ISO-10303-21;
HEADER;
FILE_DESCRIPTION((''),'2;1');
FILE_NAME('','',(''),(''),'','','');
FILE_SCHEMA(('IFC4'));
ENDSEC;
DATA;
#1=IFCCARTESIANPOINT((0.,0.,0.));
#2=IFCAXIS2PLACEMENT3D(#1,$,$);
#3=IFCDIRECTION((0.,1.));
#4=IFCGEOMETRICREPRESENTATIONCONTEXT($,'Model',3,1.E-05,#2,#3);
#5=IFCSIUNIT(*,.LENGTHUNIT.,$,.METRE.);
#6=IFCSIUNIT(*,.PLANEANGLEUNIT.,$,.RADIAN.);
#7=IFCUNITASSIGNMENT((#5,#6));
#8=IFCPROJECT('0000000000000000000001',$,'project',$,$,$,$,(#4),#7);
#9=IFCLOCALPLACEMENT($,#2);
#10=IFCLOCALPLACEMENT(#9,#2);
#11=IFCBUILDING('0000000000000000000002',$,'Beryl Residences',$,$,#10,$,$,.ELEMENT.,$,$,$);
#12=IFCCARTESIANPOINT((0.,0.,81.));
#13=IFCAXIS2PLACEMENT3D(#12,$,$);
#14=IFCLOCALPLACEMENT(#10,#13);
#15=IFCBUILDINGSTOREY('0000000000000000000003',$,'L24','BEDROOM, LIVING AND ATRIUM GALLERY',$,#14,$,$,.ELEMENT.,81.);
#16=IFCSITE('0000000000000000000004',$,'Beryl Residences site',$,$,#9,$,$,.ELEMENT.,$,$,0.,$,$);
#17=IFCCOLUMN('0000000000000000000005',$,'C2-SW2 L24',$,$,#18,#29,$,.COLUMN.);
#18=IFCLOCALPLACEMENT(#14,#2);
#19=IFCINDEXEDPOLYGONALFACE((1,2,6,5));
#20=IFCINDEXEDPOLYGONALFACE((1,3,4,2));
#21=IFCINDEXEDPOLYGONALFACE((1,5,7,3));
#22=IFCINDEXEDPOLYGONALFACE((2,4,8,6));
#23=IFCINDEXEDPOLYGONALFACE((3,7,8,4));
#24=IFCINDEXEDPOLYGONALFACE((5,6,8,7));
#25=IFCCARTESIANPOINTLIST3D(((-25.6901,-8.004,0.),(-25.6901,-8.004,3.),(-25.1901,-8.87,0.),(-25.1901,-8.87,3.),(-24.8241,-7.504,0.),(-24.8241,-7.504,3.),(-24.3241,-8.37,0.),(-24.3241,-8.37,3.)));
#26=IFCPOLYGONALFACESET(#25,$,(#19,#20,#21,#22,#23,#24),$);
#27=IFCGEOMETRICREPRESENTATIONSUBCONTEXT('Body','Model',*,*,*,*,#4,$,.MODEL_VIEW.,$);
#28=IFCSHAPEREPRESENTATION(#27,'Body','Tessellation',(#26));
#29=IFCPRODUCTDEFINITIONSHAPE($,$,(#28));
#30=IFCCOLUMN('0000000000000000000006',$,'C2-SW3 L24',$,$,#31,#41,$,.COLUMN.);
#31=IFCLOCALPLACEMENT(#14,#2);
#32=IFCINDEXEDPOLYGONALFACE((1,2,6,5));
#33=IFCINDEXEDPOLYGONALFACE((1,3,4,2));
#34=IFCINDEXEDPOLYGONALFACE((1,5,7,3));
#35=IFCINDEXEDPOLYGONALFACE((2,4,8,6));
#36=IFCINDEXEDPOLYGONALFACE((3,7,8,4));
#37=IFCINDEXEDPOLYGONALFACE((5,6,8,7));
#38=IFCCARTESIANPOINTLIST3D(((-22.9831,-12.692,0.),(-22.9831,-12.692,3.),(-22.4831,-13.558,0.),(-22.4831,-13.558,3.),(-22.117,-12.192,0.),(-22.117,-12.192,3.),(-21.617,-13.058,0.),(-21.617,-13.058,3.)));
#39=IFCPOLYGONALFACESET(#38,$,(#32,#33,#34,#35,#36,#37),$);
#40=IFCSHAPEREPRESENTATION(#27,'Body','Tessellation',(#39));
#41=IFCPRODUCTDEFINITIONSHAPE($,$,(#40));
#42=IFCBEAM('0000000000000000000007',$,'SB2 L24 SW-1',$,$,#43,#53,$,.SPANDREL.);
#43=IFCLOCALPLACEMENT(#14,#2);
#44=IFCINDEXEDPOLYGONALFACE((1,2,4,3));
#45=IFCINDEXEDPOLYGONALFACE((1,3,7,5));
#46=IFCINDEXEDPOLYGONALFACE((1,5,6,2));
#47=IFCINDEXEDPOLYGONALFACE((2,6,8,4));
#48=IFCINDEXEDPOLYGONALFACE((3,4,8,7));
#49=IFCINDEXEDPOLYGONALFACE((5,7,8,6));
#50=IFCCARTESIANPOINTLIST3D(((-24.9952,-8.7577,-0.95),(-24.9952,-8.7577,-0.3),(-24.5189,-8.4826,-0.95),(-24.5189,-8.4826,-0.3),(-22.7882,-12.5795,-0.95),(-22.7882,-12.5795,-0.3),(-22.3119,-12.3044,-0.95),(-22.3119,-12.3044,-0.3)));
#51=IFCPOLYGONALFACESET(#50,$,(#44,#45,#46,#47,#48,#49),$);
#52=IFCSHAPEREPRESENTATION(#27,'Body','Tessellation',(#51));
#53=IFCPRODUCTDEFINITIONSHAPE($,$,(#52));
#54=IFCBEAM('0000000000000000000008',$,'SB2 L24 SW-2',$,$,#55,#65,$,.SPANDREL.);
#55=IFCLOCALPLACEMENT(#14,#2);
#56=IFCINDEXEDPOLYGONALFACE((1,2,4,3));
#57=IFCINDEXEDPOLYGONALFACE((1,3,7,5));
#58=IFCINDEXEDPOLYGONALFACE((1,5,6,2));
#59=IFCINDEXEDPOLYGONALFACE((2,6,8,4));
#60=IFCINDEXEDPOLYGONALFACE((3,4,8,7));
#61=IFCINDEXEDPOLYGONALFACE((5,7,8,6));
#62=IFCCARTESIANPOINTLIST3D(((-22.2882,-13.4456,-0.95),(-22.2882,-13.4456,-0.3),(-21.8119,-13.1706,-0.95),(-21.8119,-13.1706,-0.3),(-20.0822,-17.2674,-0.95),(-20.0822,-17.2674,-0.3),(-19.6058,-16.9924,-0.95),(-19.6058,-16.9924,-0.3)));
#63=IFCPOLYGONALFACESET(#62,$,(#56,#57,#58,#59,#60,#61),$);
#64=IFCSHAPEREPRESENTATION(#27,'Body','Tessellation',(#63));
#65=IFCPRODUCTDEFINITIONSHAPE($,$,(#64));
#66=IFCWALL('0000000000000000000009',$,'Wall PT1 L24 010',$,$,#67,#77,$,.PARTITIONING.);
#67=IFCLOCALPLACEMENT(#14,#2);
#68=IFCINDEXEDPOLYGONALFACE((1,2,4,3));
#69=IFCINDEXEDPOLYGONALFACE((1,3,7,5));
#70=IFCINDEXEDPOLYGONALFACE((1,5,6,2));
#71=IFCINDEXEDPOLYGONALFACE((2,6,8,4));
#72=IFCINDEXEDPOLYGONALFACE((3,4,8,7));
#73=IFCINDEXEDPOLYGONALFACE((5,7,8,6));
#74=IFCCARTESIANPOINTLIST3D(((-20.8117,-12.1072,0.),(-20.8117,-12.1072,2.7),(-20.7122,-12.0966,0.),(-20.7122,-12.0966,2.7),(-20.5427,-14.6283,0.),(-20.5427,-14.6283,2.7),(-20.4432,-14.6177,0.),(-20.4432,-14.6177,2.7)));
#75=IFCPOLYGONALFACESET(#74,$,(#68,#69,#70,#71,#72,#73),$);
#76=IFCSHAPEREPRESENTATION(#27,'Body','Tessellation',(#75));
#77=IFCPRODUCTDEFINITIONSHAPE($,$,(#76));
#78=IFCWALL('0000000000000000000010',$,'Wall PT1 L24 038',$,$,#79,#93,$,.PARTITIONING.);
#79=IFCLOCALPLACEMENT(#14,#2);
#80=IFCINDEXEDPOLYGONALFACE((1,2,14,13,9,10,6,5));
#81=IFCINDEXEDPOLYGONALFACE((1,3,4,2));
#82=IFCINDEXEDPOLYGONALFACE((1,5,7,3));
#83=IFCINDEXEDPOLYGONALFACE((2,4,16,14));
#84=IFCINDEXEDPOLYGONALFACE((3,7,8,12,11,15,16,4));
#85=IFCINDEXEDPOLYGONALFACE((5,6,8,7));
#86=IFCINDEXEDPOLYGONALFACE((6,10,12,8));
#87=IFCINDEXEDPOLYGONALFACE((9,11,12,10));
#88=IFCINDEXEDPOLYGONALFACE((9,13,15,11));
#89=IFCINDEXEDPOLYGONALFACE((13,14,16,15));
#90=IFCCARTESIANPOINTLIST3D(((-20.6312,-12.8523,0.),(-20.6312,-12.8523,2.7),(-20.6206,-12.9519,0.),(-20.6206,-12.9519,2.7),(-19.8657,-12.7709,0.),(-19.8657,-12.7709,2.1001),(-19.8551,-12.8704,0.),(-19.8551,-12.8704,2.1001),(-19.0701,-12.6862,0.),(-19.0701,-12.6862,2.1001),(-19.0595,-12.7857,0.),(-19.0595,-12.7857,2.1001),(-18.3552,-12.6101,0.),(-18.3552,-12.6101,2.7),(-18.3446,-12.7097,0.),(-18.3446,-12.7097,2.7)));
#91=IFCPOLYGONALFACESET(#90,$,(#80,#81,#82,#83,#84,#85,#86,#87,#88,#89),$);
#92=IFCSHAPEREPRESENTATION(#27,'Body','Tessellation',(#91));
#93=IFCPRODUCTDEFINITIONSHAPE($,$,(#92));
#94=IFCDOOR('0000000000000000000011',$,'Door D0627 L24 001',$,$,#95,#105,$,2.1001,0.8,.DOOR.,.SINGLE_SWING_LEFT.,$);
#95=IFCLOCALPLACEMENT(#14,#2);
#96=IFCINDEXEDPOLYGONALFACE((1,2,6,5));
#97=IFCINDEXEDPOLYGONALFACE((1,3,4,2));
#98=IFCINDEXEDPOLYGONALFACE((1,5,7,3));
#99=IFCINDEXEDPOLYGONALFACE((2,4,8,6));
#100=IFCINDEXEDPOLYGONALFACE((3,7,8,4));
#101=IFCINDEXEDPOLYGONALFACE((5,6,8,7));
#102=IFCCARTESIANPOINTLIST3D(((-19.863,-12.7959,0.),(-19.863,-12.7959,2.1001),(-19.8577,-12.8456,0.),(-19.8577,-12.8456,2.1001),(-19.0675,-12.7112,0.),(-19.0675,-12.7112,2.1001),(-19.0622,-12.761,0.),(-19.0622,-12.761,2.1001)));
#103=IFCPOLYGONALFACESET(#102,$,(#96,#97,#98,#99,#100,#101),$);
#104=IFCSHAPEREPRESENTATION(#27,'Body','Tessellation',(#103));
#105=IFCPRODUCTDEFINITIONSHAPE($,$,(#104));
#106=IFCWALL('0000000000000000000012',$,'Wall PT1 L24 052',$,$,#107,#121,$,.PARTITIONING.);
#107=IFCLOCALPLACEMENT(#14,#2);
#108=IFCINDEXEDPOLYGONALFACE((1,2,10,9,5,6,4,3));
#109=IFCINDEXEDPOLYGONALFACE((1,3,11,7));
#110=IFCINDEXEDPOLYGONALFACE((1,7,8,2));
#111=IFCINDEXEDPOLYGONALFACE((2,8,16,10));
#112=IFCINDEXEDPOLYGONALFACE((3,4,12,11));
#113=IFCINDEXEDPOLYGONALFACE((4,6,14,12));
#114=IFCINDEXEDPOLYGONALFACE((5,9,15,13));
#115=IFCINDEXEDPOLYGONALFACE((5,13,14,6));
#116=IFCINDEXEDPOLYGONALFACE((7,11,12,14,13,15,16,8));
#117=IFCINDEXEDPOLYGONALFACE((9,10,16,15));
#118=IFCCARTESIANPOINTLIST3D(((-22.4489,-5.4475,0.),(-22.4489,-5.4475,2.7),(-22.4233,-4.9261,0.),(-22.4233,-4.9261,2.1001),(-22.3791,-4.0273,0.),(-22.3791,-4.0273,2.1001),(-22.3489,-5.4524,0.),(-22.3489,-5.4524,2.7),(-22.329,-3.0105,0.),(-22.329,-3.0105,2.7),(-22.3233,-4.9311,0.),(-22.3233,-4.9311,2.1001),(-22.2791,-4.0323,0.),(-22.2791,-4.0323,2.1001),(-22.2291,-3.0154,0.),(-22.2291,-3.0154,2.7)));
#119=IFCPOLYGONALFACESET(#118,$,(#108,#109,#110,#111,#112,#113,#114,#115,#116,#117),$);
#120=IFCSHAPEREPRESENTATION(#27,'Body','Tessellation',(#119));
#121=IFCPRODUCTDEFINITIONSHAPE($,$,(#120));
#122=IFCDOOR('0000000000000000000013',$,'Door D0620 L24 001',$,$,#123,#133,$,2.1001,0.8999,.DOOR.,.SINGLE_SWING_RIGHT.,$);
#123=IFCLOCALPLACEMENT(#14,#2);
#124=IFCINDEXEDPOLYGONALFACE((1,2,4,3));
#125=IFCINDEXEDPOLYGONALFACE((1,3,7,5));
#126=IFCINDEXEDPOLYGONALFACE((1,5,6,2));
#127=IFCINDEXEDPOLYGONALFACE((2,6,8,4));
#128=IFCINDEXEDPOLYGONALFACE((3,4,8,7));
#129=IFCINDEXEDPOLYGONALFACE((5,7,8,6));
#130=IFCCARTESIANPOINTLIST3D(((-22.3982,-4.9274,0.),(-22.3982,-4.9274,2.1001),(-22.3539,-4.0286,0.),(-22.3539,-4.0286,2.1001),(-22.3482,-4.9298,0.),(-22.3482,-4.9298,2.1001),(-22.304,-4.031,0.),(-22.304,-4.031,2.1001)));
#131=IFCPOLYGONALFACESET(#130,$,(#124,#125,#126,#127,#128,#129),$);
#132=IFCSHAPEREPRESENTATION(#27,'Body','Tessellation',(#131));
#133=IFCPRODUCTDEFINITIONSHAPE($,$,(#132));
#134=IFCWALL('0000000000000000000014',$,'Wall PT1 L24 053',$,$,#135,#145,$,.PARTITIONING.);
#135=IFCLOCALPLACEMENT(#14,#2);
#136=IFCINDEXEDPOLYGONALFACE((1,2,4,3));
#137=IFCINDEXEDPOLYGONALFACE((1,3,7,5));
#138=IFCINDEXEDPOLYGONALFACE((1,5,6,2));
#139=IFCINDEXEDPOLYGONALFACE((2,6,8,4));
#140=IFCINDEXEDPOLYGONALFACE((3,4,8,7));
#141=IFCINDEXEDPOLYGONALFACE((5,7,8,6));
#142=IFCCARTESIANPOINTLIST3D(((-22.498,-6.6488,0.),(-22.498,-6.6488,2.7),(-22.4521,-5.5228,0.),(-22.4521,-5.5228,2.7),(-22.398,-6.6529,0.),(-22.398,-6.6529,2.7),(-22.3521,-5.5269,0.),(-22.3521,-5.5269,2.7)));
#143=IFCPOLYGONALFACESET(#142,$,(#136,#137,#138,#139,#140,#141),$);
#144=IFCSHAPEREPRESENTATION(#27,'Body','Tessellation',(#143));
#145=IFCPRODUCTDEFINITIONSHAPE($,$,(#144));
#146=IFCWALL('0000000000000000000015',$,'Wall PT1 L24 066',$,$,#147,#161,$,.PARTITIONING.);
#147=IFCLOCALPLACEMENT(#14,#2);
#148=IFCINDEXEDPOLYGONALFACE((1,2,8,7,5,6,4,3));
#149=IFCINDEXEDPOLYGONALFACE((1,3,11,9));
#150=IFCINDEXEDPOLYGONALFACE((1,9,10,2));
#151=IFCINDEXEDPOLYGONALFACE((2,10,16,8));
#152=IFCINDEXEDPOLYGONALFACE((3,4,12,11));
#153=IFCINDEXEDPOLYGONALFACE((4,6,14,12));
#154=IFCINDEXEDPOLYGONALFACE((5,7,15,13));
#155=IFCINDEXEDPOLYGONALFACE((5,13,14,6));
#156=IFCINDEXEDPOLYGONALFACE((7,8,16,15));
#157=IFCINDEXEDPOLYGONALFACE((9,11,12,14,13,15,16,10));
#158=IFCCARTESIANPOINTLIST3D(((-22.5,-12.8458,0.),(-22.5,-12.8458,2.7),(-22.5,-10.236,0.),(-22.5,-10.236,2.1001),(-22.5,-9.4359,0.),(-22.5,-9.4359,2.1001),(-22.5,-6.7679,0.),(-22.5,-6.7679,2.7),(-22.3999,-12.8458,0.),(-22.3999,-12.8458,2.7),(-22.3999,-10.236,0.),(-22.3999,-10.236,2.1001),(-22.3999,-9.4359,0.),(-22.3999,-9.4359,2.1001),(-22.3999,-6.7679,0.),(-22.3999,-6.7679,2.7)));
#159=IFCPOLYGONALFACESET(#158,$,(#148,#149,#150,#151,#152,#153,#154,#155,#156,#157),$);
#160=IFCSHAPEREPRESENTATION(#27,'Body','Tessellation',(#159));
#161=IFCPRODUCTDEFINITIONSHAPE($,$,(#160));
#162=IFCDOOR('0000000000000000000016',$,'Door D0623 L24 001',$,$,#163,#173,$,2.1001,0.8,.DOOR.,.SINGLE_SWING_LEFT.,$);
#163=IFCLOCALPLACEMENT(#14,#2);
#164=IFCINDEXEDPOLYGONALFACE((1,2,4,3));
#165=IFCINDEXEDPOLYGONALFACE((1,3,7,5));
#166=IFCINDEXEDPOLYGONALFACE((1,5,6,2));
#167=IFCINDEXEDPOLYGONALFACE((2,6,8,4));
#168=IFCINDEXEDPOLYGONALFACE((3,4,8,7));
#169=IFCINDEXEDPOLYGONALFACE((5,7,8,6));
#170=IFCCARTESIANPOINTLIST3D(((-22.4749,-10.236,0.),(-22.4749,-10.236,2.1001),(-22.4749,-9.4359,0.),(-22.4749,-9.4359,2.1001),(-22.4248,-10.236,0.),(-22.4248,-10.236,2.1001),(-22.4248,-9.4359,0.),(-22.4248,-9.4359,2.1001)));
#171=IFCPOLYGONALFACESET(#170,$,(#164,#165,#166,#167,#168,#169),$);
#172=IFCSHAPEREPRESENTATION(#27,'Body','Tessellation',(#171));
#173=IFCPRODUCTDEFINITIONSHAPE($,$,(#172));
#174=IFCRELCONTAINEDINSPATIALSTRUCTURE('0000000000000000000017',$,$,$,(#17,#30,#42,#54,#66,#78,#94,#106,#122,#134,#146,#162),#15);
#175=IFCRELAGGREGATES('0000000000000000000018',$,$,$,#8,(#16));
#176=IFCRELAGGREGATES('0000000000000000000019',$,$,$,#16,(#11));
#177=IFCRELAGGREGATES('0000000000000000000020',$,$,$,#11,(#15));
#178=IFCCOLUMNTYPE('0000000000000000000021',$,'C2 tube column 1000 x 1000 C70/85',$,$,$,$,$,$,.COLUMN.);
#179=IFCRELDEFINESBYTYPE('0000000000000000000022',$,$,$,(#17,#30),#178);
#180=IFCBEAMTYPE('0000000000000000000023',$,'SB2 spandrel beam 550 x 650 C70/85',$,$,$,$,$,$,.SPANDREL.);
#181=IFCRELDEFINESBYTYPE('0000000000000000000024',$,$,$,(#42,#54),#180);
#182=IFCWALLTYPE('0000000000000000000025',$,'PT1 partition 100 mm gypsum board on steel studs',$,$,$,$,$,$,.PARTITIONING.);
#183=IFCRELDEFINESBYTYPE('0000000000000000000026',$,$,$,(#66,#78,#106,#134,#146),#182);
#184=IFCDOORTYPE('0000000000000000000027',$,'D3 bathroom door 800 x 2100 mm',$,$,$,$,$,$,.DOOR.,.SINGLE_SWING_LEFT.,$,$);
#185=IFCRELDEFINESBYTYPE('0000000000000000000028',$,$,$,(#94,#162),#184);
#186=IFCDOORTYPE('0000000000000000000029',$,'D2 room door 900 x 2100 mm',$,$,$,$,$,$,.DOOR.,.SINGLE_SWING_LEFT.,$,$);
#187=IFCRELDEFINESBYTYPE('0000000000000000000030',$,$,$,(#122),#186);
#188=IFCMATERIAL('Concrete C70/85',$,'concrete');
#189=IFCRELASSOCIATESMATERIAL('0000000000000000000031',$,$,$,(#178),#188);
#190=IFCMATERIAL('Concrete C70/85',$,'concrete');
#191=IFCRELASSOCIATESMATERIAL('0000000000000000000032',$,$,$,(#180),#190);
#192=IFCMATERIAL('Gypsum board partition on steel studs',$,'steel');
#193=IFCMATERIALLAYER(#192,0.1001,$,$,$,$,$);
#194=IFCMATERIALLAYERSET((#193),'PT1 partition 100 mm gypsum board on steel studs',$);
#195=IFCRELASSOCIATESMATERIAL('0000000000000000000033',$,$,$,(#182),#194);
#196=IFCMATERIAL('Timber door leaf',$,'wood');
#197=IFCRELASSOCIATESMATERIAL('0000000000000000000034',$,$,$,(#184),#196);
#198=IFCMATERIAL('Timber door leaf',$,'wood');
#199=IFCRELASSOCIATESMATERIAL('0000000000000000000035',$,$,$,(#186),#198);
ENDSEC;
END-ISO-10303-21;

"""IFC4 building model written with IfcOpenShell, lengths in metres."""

from ifc_helpers import new_model, si_unit, direction, frame, frame_2d, origin, origin_2d, place, context, subcontext, project, spatial, rectangle, extrude, material, layer, layer_set, material_profile, profile_set, type_object, element, fill, save


model = new_model("IFC4")

# Units and contexts
model_context = context("Model", 3, precision=1e-05, world=origin(), true_north=direction((0.0, 1.0)))
body_context = subcontext(model_context, "Body", "Model", "MODEL_VIEW")
ifc_project = project(units=[si_unit("LENGTHUNIT", "METRE"), si_unit("PLANEANGLEUNIT", "RADIAN")], contexts=[model_context])

# Site, building, storey
site_placement = place(None, origin())
site = spatial("IfcSite", under=ifc_project, at=site_placement, Name="Beryl Residences site", CompositionType="ELEMENT", RefElevation=0.0)
building_placement = place(site_placement, origin())
building = spatial("IfcBuilding", under=site, at=building_placement, Name="Beryl Residences", CompositionType="ELEMENT")
storey_placement = place(building_placement, frame((0.0, 0.0, 81.0)))
storey = spatial("IfcBuildingStorey", under=building, at=storey_placement, Name="L24", Description="BEDROOM, LIVING AND ATRIUM GALLERY", CompositionType="ELEMENT", Elevation=81.0)

# Columns
ifc_material_1 = material(Name="Concrete C70/85", Category="concrete")
ifc_material_profile_1 = material_profile(ifc_material_1, rectangle(XDim=1.0, YDim=1.0, at=origin_2d()))
ifc_profile_set_1 = profile_set([ifc_material_profile_1], Name="Concrete C70/85")
column_type = type_object("IfcColumnType", Name="C2 tube column 1000 x 1000 C70/85", PredefinedType="COLUMN", material=ifc_profile_set_1)
for number, where, z_axis, x_axis, name in (
    (1, (-25.0071, -8.187, 0.0), (0.0, 0.0, 1.0), (0.5, -0.866025, 0.0), "C2-SW2 L24"),
    (2, (-22.3, -12.875, 0.0), (0.0, 0.0, 1.0), (0.5, -0.866025, 0.0), "C2-SW3 L24"),
):
    element("IfcColumn", number, at=place(storey_placement, frame(where, z_axis=z_axis, x_axis=x_axis)), inside=storey, type_object=column_type, Name=name, PredefinedType="COLUMN", context=body_context, shape_type="SweptSolid", body=[
        extrude(rectangle(XDim=1.0, YDim=1.0, at=origin_2d()), origin(), (0.0, 0.0, 1.0), 3.0),
    ])

# Beams
ifc_material_2 = material(Name="Concrete C70/85", Category="concrete")
ifc_material_profile_2 = material_profile(ifc_material_2, rectangle(XDim=0.55, YDim=0.6499, at=origin_2d()))
ifc_profile_set_2 = profile_set([ifc_material_profile_2], Name="Concrete C70/85")
beam_type = type_object("IfcBeamType", Name="SB2 spandrel beam 550 x 650 C70/85", PredefinedType="SPANDREL", material=ifc_profile_set_2)
beam_1_placement = place(storey_placement, frame((-24.7571, -8.6201, -0.625), z_axis=(0.50009, -0.865974, 0.0), x_axis=(0.865974, 0.50009, 0.0)))
element("IfcBeam", 3, at=beam_1_placement, inside=storey, type_object=beam_type, Name="SB2 L24 SW-1", PredefinedType="SPANDREL", context=body_context, shape_type="SweptSolid", body=[
    extrude(rectangle(XDim=0.55, YDim=0.6499, at=origin_2d()), origin(), (0.0, 0.0, 1.0), 4.4133),
])
beam_2_placement = place(storey_placement, frame((-22.05, -13.3081, -0.625), z_axis=(0.499924, -0.86607, 0.0), x_axis=(0.86607, 0.499924, 0.0)))
element("IfcBeam", 4, at=beam_2_placement, inside=storey, type_object=beam_type, Name="SB2 L24 SW-2", PredefinedType="SPANDREL", context=body_context, shape_type="SweptSolid", body=[
    extrude(rectangle(XDim=0.55, YDim=0.6499, at=origin_2d()), origin(), (0.0, 0.0, 1.0), 4.4128),
])

# Wall
ifc_material_3 = material(Name="Gypsum board partition on steel studs", Category="steel")
ifc_layer_1 = layer(ifc_material_3, 0.1001)
ifc_layer_set_1 = layer_set([ifc_layer_1], Name="PT1 partition 100 mm gypsum board on steel studs")
wall_type_1 = type_object("IfcWallType", Name="PT1 partition 100 mm gypsum board on steel studs", PredefinedType="PARTITIONING", material=ifc_layer_set_1)
wall_1_placement = place(storey_placement, frame((-20.762, -12.1021, 0.0), z_axis=(0.0, 0.0, 1.0), x_axis=(0.106118, -0.994354, 0.0)))
element("IfcWall", 5, at=wall_1_placement, inside=storey, type_object=wall_type_1, Name="Wall PT1 L24 010", PredefinedType="PARTITIONING", context=body_context, shape_type="SweptSolid", body=[
    extrude(rectangle(XDim=2.5354, YDim=0.1001, at=frame_2d((1.2676, 0.0))), origin(), (0.0, 0.0, 1.0), 2.7),
])

# Walls, openings, doors
wall_2_placement = place(storey_placement, frame((-20.626, -12.9021, 0.0), z_axis=(0.0, 0.0, 1.0), x_axis=(0.994386, 0.105817, 0.0)))
wall_2 = element("IfcWall", 6, at=wall_2_placement, inside=storey, type_object=wall_type_1, Name="Wall PT1 L24 038", PredefinedType="PARTITIONING", context=body_context, shape_type="SweptSolid", body=[
    extrude(rectangle(XDim=2.2888, YDim=0.1001, at=frame_2d((1.1445, 0.0))), origin(), (0.0, 0.0, 1.0), 2.7),
])
opening_1_placement = place(wall_2_placement, frame((0.77, 0.0, 0.0)))
opening_1 = element("IfcOpeningElement", 7, at=opening_1_placement, cuts=wall_2, PredefinedType="OPENING", context=body_context, shape_type="SweptSolid", body=[
    extrude(rectangle(XDim=0.8, YDim=2.1001, at=frame_2d((0.3999, 1.05))), frame((0.0, 0.0601, 0.0), z_axis=(0.0, -1.0, 0.0), x_axis=(1.0, 0.0, 0.0)), (0.0, 0.0, 1.0), 0.1201),
])
ifc_material_4 = material(Name="Timber door leaf", Category="wood")
door_type_1 = type_object("IfcDoorType", Name="D3 bathroom door 800 x 2100 mm", OperationType="SINGLE_SWING_LEFT", PredefinedType="DOOR", material=ifc_material_4)
door_1_placement = place(opening_1_placement, origin())
door_1 = element("IfcDoor", 8, at=door_1_placement, inside=storey, type_object=door_type_1, Name="Door D0627 L24 001", OperationType="SINGLE_SWING_LEFT", OverallHeight=2.1001, OverallWidth=0.8, PredefinedType="DOOR", context=body_context, shape_type="SweptSolid", body=[
    extrude(rectangle(XDim=0.8, YDim=2.1001, at=frame_2d((0.3999, 1.05))), frame((0.0, 0.0249, 0.0), z_axis=(0.0, -1.0, 0.0), x_axis=(1.0, 0.0, 0.0)), (0.0, 0.0, 1.0), 0.05),
])
fill(opening_1, door_1)
wall_3_placement = place(storey_placement, frame((-22.3989, -5.45, 0.0), z_axis=(0.0, 0.0, 1.0), x_axis=(0.049129, 0.998792, 0.0)))
wall_3 = element("IfcWall", 9, at=wall_3_placement, inside=storey, type_object=wall_type_1, Name="Wall PT1 L24 052", PredefinedType="PARTITIONING", context=body_context, shape_type="SweptSolid", body=[
    extrude(rectangle(XDim=2.4399, YDim=0.1001, at=frame_2d((1.22, 0.0))), origin(), (0.0, 0.0, 1.0), 2.7),
])
opening_2_placement = place(wall_3_placement, frame((0.522, 0.0, 0.0)))
opening_2 = element("IfcOpeningElement", 10, at=opening_2_placement, cuts=wall_3, PredefinedType="OPENING", context=body_context, shape_type="SweptSolid", body=[
    extrude(rectangle(XDim=0.8999, YDim=2.1001, at=frame_2d((0.45, 1.05))), frame((0.0, 0.0601, 0.0), z_axis=(0.0, -1.0, 0.0), x_axis=(1.0, 0.0, 0.0)), (0.0, 0.0, 1.0), 0.1201),
])
ifc_material_5 = material(Name="Timber door leaf", Category="wood")
door_type_2 = type_object("IfcDoorType", Name="D2 room door 900 x 2100 mm", OperationType="SINGLE_SWING_LEFT", PredefinedType="DOOR", material=ifc_material_5)
door_2_placement = place(opening_2_placement, origin())
door_2 = element("IfcDoor", 11, at=door_2_placement, inside=storey, type_object=door_type_2, Name="Door D0620 L24 001", OperationType="SINGLE_SWING_RIGHT", OverallHeight=2.1001, OverallWidth=0.8999, PredefinedType="DOOR", context=body_context, shape_type="SweptSolid", body=[
    extrude(rectangle(XDim=0.8999, YDim=2.1001, at=frame_2d((0.45, 1.05))), frame((0.0, 0.0249, 0.0), z_axis=(0.0, -1.0, 0.0), x_axis=(1.0, 0.0, 0.0)), (0.0, 0.0, 1.0), 0.05),
])
fill(opening_2, door_2)

# Wall
wall_4_placement = place(storey_placement, frame((-22.448, -6.6509, 0.0), z_axis=(0.0, 0.0, 1.0), x_axis=(0.040729, 0.99917, 0.0)))
element("IfcWall", 12, at=wall_4_placement, inside=storey, type_object=wall_type_1, Name="Wall PT1 L24 053", PredefinedType="PARTITIONING", context=body_context, shape_type="SweptSolid", body=[
    extrude(rectangle(XDim=1.127, YDim=0.1001, at=frame_2d((0.5635, 0.0))), origin(), (0.0, 0.0, 1.0), 2.7),
])

# Wall, opening, door
wall_5_placement = place(storey_placement, frame((-22.45, -12.8459, 0.0), z_axis=(0.0, 0.0, 1.0), x_axis=(0.0, 1.0, 0.0)))
wall_5 = element("IfcWall", 13, at=wall_5_placement, inside=storey, type_object=wall_type_1, Name="Wall PT1 L24 066", PredefinedType="PARTITIONING", context=body_context, shape_type="SweptSolid", body=[
    extrude(rectangle(XDim=6.0779, YDim=0.1001, at=frame_2d((3.0391, 0.0))), origin(), (0.0, 0.0, 1.0), 2.7),
])
opening_3_placement = place(wall_5_placement, frame((2.6101, 0.0, 0.0)))
opening_3 = element("IfcOpeningElement", 14, at=opening_3_placement, cuts=wall_5, PredefinedType="OPENING", context=body_context, shape_type="SweptSolid", body=[
    extrude(rectangle(XDim=0.8, YDim=2.1001, at=frame_2d((0.3999, 1.05))), frame((0.0, 0.0601, 0.0), z_axis=(0.0, -1.0, 0.0), x_axis=(1.0, 0.0, 0.0)), (0.0, 0.0, 1.0), 0.1201),
])
door_3_placement = place(opening_3_placement, origin())
door_3 = element("IfcDoor", 15, at=door_3_placement, inside=storey, type_object=door_type_1, Name="Door D0623 L24 001", OperationType="SINGLE_SWING_LEFT", OverallHeight=2.1001, OverallWidth=0.8, PredefinedType="DOOR", context=body_context, shape_type="SweptSolid", body=[
    extrude(rectangle(XDim=0.8, YDim=2.1001, at=frame_2d((0.3999, 1.05))), frame((0.0, 0.0249, 0.0), z_axis=(0.0, -1.0, 0.0), x_axis=(1.0, 0.0, 0.0)), (0.0, 0.0, 1.0), 0.05),
])
fill(opening_3, door_3)

save(model, "model.ifc")
